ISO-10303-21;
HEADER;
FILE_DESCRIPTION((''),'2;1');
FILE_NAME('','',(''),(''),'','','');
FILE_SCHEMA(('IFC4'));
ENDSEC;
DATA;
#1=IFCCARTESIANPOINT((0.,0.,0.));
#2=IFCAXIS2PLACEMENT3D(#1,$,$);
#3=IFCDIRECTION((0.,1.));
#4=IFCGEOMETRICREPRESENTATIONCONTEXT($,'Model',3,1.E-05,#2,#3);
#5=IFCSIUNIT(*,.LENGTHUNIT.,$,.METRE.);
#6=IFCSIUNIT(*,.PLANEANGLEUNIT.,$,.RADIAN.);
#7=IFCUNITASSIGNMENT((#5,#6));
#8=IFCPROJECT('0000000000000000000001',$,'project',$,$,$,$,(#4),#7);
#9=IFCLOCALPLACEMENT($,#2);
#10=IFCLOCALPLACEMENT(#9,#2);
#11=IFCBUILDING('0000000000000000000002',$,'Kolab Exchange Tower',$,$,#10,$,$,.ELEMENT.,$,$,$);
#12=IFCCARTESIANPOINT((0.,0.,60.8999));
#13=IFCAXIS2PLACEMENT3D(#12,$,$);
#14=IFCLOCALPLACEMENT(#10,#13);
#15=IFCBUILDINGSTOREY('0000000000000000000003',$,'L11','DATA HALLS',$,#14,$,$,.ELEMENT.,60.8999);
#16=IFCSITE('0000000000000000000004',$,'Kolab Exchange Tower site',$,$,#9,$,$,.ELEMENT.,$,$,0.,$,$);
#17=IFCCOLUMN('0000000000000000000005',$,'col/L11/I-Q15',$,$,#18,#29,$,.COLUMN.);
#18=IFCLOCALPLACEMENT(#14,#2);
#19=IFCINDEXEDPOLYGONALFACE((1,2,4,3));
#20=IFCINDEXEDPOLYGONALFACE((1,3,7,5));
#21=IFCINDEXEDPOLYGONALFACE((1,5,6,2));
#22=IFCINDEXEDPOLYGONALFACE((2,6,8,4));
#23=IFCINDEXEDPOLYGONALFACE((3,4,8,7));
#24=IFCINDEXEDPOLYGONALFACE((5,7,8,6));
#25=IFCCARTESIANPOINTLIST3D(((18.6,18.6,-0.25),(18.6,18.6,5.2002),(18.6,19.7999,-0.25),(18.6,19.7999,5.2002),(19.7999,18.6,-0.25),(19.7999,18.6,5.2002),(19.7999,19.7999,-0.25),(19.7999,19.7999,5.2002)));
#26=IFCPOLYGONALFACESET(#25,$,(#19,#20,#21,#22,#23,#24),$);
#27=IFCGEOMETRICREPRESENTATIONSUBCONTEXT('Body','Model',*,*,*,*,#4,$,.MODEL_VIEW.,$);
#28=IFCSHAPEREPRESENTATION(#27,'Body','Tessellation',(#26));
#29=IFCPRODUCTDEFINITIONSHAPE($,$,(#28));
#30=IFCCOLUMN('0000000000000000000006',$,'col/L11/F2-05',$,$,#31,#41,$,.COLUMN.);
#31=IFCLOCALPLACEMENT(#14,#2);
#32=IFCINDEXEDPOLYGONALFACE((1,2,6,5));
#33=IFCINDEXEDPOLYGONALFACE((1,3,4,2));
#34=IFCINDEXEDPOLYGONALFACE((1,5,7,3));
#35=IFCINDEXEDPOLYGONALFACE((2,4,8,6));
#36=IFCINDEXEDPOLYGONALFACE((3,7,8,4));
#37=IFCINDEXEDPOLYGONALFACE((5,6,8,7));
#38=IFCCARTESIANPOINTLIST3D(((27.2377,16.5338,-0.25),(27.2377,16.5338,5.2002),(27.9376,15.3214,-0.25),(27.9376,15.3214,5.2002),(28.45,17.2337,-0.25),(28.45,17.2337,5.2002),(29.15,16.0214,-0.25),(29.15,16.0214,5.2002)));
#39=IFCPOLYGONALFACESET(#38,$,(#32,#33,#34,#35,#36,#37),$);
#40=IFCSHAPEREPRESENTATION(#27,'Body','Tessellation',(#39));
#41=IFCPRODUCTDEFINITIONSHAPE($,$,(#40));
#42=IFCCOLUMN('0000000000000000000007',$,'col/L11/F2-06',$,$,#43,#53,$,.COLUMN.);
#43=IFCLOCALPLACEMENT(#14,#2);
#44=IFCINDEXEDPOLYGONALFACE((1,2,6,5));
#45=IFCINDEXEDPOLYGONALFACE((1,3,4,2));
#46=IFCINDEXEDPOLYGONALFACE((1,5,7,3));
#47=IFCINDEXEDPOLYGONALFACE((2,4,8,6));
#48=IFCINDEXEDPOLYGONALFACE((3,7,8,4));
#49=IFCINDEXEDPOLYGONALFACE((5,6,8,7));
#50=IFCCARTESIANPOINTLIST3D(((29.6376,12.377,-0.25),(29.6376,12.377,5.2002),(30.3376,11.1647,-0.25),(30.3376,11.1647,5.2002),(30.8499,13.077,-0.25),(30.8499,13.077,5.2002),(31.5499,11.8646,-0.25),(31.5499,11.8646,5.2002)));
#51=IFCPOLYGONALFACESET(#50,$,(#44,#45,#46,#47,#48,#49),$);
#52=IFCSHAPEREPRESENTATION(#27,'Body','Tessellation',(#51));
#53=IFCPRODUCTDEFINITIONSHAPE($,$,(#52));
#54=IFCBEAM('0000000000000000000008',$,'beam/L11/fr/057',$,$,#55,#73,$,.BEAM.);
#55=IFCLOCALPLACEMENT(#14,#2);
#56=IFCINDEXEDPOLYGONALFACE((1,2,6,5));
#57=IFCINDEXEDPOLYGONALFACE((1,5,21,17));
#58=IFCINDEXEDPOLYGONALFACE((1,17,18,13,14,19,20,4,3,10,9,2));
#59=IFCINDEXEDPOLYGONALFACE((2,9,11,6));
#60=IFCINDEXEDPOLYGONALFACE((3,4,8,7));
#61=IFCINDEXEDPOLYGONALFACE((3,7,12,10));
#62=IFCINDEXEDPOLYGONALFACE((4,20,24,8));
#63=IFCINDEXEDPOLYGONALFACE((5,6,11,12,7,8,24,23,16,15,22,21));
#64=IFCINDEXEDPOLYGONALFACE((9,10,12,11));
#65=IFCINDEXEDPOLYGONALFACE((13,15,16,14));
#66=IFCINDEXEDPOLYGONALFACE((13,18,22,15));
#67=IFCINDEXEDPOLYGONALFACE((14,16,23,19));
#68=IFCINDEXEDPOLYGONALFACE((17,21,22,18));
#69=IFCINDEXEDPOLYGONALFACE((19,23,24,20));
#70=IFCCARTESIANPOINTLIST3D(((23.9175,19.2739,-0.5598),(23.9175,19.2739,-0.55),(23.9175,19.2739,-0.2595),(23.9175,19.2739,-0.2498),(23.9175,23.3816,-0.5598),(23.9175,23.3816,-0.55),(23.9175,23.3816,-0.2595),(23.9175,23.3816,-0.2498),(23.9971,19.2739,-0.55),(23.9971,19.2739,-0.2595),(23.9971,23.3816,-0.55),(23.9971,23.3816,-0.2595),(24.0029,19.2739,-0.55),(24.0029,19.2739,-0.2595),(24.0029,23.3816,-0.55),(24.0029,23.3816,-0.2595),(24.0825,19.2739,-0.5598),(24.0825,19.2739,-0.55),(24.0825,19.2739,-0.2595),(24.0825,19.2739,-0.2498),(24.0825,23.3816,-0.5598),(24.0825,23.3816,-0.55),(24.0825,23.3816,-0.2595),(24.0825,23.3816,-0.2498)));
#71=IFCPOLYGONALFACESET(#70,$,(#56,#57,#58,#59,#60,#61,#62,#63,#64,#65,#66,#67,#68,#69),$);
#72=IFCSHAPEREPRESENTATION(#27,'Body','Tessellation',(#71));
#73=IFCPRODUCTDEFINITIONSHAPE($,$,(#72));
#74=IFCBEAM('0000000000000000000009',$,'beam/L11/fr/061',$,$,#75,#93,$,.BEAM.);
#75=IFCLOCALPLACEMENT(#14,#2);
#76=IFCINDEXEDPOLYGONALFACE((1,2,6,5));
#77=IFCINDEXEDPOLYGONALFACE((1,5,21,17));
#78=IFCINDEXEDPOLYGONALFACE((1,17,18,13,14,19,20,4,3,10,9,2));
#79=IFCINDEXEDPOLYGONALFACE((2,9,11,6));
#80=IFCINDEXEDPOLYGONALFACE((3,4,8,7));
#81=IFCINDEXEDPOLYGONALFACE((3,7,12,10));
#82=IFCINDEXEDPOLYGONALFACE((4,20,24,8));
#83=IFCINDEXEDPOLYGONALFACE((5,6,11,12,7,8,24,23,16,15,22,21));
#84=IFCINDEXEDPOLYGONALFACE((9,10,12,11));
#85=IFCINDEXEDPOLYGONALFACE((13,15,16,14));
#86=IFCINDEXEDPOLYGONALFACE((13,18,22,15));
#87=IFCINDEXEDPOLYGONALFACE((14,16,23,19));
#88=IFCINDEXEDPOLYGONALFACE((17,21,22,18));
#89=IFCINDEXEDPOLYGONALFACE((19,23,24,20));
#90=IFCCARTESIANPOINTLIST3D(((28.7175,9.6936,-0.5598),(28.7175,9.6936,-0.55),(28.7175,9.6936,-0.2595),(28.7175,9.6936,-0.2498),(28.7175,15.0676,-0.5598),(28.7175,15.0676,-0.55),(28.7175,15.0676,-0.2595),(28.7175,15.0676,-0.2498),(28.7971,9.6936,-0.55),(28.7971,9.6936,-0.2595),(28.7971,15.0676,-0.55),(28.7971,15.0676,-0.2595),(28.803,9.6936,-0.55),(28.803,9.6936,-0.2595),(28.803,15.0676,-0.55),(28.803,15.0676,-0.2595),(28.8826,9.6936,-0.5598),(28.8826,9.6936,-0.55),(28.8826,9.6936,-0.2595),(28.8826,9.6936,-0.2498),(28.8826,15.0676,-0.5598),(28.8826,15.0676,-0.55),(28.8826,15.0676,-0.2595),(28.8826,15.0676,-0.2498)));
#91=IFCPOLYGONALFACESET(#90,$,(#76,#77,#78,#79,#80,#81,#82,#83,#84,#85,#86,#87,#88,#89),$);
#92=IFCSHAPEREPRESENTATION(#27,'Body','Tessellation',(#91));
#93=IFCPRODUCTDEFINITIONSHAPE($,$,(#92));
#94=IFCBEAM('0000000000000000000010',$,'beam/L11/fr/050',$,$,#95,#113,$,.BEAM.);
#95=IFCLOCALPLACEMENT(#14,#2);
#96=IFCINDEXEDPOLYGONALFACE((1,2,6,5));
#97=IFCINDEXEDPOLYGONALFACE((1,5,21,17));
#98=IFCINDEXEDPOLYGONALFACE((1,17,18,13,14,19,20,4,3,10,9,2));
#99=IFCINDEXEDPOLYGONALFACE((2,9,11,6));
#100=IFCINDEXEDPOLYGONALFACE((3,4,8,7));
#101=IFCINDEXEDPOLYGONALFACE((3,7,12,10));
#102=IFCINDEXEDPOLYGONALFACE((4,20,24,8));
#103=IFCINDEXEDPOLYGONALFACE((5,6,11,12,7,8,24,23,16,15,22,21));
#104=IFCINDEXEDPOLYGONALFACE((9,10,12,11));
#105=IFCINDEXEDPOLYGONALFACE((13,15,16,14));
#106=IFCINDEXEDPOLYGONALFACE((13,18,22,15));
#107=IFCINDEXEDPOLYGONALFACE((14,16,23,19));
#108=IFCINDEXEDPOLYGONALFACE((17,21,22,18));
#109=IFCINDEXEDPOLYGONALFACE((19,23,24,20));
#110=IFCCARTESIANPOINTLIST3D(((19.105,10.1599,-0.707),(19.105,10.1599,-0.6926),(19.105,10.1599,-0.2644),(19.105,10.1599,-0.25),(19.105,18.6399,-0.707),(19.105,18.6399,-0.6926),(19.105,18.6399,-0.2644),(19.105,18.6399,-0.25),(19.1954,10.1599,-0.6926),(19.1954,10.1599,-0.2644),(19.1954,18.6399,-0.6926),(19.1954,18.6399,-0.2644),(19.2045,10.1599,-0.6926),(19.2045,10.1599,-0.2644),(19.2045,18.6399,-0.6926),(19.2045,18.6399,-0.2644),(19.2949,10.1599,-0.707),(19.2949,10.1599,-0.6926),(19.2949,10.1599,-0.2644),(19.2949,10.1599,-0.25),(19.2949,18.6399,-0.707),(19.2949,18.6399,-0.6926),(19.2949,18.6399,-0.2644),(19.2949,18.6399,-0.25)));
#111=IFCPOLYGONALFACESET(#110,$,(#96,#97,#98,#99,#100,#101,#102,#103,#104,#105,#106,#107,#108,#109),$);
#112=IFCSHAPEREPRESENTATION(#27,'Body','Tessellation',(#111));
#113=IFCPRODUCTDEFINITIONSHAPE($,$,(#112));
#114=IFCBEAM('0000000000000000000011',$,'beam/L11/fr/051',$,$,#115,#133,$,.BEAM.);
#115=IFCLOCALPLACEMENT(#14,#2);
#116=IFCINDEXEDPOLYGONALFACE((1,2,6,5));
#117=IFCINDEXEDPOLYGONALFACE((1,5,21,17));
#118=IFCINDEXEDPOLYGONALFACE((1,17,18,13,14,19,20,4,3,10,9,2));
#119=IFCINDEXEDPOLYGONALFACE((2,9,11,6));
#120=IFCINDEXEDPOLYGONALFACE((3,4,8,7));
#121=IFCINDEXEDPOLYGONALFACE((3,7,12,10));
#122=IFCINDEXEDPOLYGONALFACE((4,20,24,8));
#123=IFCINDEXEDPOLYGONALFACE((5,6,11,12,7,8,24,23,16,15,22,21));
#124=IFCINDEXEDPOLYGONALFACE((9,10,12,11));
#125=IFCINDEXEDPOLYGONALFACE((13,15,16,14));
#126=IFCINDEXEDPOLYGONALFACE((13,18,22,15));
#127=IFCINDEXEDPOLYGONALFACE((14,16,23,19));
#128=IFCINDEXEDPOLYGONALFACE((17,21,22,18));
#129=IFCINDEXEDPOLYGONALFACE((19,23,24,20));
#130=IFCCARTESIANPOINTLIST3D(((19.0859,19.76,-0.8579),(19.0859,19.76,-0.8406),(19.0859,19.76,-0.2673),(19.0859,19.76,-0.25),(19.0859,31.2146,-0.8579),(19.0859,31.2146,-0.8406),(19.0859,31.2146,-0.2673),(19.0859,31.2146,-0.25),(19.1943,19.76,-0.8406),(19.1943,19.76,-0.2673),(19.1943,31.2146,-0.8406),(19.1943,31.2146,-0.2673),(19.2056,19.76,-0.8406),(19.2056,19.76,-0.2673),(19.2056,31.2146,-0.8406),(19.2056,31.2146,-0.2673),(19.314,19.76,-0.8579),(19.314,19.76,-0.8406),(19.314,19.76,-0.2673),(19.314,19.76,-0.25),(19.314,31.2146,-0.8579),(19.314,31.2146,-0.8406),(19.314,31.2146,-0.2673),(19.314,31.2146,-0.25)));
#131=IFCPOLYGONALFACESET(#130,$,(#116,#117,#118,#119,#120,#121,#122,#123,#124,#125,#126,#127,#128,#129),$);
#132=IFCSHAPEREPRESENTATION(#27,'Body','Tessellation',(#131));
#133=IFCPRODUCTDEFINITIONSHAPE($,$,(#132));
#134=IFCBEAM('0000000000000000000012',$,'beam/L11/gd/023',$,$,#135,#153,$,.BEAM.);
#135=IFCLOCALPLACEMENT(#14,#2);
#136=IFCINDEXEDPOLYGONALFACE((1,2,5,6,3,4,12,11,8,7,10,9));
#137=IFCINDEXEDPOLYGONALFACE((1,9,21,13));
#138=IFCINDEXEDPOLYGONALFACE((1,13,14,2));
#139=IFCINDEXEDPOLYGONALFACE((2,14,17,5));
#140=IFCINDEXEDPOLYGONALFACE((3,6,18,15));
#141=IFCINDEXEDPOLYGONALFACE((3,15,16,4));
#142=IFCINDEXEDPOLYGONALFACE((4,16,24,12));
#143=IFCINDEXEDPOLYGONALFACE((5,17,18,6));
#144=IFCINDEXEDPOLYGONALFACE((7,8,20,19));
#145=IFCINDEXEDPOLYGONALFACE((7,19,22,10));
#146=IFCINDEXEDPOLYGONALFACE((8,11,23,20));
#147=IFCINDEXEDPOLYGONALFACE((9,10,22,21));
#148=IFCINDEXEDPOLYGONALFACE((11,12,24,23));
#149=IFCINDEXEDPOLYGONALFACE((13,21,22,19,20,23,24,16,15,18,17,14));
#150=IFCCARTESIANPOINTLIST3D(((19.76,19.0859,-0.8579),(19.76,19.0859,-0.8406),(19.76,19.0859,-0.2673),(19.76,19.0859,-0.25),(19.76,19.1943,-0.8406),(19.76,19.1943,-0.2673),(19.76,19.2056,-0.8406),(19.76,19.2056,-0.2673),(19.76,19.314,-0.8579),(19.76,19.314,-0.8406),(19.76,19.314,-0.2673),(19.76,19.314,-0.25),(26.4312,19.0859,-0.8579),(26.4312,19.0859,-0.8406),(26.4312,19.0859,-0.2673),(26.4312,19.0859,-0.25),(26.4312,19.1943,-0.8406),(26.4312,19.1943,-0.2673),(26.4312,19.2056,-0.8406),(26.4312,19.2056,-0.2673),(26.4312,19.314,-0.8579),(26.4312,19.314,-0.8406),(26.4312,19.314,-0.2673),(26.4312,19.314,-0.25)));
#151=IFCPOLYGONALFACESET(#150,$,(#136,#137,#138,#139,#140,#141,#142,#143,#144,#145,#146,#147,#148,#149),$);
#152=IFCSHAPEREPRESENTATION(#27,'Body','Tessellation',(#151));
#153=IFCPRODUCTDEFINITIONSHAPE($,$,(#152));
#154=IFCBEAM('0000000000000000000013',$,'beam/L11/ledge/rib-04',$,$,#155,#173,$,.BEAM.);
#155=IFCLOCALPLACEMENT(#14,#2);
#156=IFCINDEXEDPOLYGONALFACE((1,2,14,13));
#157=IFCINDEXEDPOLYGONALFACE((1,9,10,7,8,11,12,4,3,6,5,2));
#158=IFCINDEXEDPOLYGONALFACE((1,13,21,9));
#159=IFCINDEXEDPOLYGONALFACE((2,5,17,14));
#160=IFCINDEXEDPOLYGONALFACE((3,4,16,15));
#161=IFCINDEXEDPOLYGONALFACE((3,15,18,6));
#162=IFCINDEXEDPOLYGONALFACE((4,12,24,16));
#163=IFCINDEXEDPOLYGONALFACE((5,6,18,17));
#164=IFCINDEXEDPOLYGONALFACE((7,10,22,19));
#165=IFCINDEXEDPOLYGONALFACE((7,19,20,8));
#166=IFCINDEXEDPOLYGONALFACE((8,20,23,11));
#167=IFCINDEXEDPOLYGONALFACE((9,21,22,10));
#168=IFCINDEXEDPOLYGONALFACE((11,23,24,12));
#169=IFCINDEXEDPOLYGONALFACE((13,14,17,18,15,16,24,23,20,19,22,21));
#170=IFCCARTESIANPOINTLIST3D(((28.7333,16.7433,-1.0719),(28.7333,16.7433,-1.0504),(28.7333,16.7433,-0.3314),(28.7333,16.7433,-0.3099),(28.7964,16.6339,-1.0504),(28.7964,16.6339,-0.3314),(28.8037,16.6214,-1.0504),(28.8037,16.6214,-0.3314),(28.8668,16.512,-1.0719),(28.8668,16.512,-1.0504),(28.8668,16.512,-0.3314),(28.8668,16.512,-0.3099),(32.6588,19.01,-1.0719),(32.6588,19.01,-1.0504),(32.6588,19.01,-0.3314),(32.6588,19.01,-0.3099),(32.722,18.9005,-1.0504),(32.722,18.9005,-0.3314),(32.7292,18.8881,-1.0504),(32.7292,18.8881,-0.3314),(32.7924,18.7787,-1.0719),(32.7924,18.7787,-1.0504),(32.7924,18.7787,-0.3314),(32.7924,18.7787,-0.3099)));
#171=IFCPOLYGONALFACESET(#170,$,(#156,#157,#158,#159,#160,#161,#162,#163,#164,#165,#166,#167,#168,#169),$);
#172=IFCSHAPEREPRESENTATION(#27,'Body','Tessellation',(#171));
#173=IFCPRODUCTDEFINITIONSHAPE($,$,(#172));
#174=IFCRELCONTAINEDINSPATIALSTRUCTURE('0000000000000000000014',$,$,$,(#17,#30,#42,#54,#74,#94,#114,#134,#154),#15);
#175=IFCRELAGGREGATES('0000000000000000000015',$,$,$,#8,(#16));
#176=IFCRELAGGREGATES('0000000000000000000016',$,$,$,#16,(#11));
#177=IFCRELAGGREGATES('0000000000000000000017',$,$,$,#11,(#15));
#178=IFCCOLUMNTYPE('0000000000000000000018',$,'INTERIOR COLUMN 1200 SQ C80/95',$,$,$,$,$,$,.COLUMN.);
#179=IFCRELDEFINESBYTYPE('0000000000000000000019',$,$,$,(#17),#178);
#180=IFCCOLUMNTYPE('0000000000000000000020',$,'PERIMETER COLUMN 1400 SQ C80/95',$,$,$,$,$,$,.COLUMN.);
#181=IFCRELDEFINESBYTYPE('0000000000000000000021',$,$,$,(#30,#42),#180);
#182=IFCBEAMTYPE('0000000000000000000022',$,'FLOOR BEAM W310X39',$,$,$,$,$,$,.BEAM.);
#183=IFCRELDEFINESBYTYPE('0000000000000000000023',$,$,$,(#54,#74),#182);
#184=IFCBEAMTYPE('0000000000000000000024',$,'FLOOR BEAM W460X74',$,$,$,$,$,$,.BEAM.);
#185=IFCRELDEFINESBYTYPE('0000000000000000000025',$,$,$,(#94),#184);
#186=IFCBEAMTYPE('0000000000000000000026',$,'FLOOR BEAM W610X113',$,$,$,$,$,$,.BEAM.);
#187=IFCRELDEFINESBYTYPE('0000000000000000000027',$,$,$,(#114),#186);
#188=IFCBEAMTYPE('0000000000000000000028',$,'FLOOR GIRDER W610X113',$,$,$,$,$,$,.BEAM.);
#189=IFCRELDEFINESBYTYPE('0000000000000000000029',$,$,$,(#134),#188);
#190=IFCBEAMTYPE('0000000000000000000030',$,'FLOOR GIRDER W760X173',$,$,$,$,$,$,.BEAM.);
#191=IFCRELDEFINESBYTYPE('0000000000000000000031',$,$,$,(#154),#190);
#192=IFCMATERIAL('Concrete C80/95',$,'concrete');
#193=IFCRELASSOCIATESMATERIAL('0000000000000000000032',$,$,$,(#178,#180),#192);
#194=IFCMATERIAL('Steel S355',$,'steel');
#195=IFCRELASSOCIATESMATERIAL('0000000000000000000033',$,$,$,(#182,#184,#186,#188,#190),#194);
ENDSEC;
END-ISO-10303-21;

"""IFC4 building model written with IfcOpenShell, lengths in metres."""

from ifc_helpers import new_model, si_unit, direction, frame, origin, origin_2d, place, context, subcontext, project, spatial, rectangle, i_section, extrude, material, material_profile, profile_set, type_object, element, save


model = new_model("IFC4")

# Units and contexts
model_context = context("Model", 3, precision=1e-05, world=origin(), true_north=direction((0.0, 1.0)))
body_context = subcontext(model_context, "Body", "Model", "MODEL_VIEW")
ifc_project = project(units=[si_unit("LENGTHUNIT", "METRE"), si_unit("PLANEANGLEUNIT", "RADIAN")], contexts=[model_context])

# Site, building, storey
site_placement = place(None, origin())
site = spatial("IfcSite", under=ifc_project, at=site_placement, Name="Kolab Exchange Tower site", CompositionType="ELEMENT", RefElevation=0.0)
building_placement = place(site_placement, origin())
building = spatial("IfcBuilding", under=site, at=building_placement, Name="Kolab Exchange Tower", CompositionType="ELEMENT")
storey_placement = place(building_placement, frame((0.0, 0.0, 60.8999)))
storey = spatial("IfcBuildingStorey", under=building, at=storey_placement, Name="L11", Description="DATA HALLS", CompositionType="ELEMENT", Elevation=60.8999)

# Columns
ifc_material_1 = material(Name="Concrete C80/95", Category="concrete")
ifc_material_profile_1 = material_profile(ifc_material_1, rectangle(XDim=1.2, YDim=1.2, at=origin_2d()), Name="RC1200")
ifc_profile_set_1 = profile_set([ifc_material_profile_1], Name="Concrete C80/95")
column_type_1 = type_object("IfcColumnType", Name="INTERIOR COLUMN 1200 SQ C80/95", PredefinedType="COLUMN", material=ifc_profile_set_1)
column_placement = place(storey_placement, frame((19.2, 19.2, -0.25), z_axis=(0.0, 0.0, 1.0), x_axis=(1.0, 0.0, 0.0)))
element("IfcColumn", 1, at=column_placement, inside=storey, type_object=column_type_1, Name="col/L11/I-Q15", PredefinedType="COLUMN", context=body_context, shape_type="SweptSolid", body=[
    extrude(rectangle(XDim=1.2, YDim=1.2, at=origin_2d()), origin(), (0.0, 0.0, 1.0), 5.4502),
])
ifc_material_profile_2 = material_profile(ifc_material_1, rectangle(XDim=1.3999, YDim=1.3999, at=origin_2d()), Name="RC1400")
ifc_profile_set_2 = profile_set([ifc_material_profile_2], Name="Concrete C80/95")
column_type_2 = type_object("IfcColumnType", Name="PERIMETER COLUMN 1400 SQ C80/95", PredefinedType="COLUMN", material=ifc_profile_set_2)
for number, where, z_axis, x_axis, name in (
    (2, (28.1938, 16.2776, -0.25), (0.0, 0.0, 1.0), (0.866025, 0.5, 0.0), "col/L11/F2-05"),
    (3, (30.5938, 12.1208, -0.25), (0.0, 0.0, 1.0), (0.866025, 0.5, 0.0), "col/L11/F2-06"),
):
    element("IfcColumn", number, at=place(storey_placement, frame(where, z_axis=z_axis, x_axis=x_axis)), inside=storey, type_object=column_type_2, Name=name, PredefinedType="COLUMN", context=body_context, shape_type="SweptSolid", body=[
        extrude(rectangle(XDim=1.3999, YDim=1.3999, at=origin_2d()), origin(), (0.0, 0.0, 1.0), 5.4502),
    ])

# Beams
ifc_material_2 = material(Name="Steel S355", Category="steel")
ifc_material_profile_3 = material_profile(ifc_material_2, i_section(OverallWidth=0.165, OverallDepth=0.3101, WebThickness=0.0059, FlangeThickness=0.0098, at=origin_2d()), Name="W310X39")
ifc_profile_set_3 = profile_set([ifc_material_profile_3], Name="Steel S355")
beam_type_1 = type_object("IfcBeamType", Name="FLOOR BEAM W310X39", PredefinedType="BEAM", material=ifc_profile_set_3)
beam_1_placement = place(storey_placement, frame((24.0, 19.2739, -0.4048), z_axis=(0.0, 1.0, 0.0), x_axis=(-1.0, 0.0, 0.0)))
element("IfcBeam", 4, at=beam_1_placement, inside=storey, type_object=beam_type_1, Name="beam/L11/fr/057", PredefinedType="BEAM", context=body_context, shape_type="SweptSolid", body=[
    extrude(i_section(OverallWidth=0.165, OverallDepth=0.3101, WebThickness=0.0059, FlangeThickness=0.0098, at=origin_2d()), origin(), (0.0, 0.0, 1.0), 4.1077),
])
beam_2_placement = place(storey_placement, frame((28.8, 9.6936, -0.4048), z_axis=(0.0, 1.0, 0.0), x_axis=(-1.0, 0.0, 0.0)))
element("IfcBeam", 5, at=beam_2_placement, inside=storey, type_object=beam_type_1, Name="beam/L11/fr/061", PredefinedType="BEAM", context=body_context, shape_type="SweptSolid", body=[
    extrude(i_section(OverallWidth=0.165, OverallDepth=0.3101, WebThickness=0.0059, FlangeThickness=0.0098, at=origin_2d()), origin(), (0.0, 0.0, 1.0), 5.374),
])
ifc_material_profile_4 = material_profile(ifc_material_2, i_section(OverallWidth=0.1899, OverallDepth=0.457, WebThickness=0.009, FlangeThickness=0.0144, at=origin_2d()), Name="W460X74")
ifc_profile_set_4 = profile_set([ifc_material_profile_4], Name="Steel S355")
beam_type_2 = type_object("IfcBeamType", Name="FLOOR BEAM W460X74", PredefinedType="BEAM", material=ifc_profile_set_4)
beam_3_placement = place(storey_placement, frame((19.2, 10.1599, -0.4785), z_axis=(0.0, 1.0, 0.0), x_axis=(-1.0, 0.0, 0.0)))
element("IfcBeam", 6, at=beam_3_placement, inside=storey, type_object=beam_type_2, Name="beam/L11/fr/050", PredefinedType="BEAM", context=body_context, shape_type="SweptSolid", body=[
    extrude(i_section(OverallWidth=0.1899, OverallDepth=0.457, WebThickness=0.009, FlangeThickness=0.0144, at=origin_2d()), origin(), (0.0, 0.0, 1.0), 8.48),
])
ifc_material_profile_5 = material_profile(ifc_material_2, i_section(OverallWidth=0.228, OverallDepth=0.6079, WebThickness=0.0112, FlangeThickness=0.0173, at=origin_2d()), Name="W610X113")
ifc_profile_set_5 = profile_set([ifc_material_profile_5], Name="Steel S355")
beam_type_3 = type_object("IfcBeamType", Name="FLOOR BEAM W610X113", PredefinedType="BEAM", material=ifc_profile_set_5)
beam_4_placement = place(storey_placement, frame((19.2, 19.76, -0.554), z_axis=(0.0, 1.0, 0.0), x_axis=(-1.0, 0.0, 0.0)))
element("IfcBeam", 7, at=beam_4_placement, inside=storey, type_object=beam_type_3, Name="beam/L11/fr/051", PredefinedType="BEAM", context=body_context, shape_type="SweptSolid", body=[
    extrude(i_section(OverallWidth=0.228, OverallDepth=0.6079, WebThickness=0.0112, FlangeThickness=0.0173, at=origin_2d()), origin(), (0.0, 0.0, 1.0), 11.4546),
])
ifc_material_profile_6 = material_profile(ifc_material_2, i_section(OverallWidth=0.228, OverallDepth=0.6079, WebThickness=0.0112, FlangeThickness=0.0173, at=origin_2d()), Name="W610X113")
ifc_profile_set_6 = profile_set([ifc_material_profile_6], Name="Steel S355")
beam_type_4 = type_object("IfcBeamType", Name="FLOOR GIRDER W610X113", PredefinedType="BEAM", material=ifc_profile_set_6)
beam_5_placement = place(storey_placement, frame((19.76, 19.2, -0.554), z_axis=(1.0, 0.0, 0.0), x_axis=(0.0, 1.0, 0.0)))
element("IfcBeam", 8, at=beam_5_placement, inside=storey, type_object=beam_type_4, Name="beam/L11/gd/023", PredefinedType="BEAM", context=body_context, shape_type="SweptSolid", body=[
    extrude(i_section(OverallWidth=0.228, OverallDepth=0.6079, WebThickness=0.0112, FlangeThickness=0.0173, at=origin_2d()), origin(), (0.0, 0.0, 1.0), 6.6711),
])
ifc_material_profile_7 = material_profile(ifc_material_2, i_section(OverallWidth=0.2671, OverallDepth=0.762, WebThickness=0.0144, FlangeThickness=0.0215, at=origin_2d()), Name="W760X173")
ifc_profile_set_7 = profile_set([ifc_material_profile_7], Name="Steel S355")
beam_type_5 = type_object("IfcBeamType", Name="FLOOR GIRDER W760X173", PredefinedType="BEAM", material=ifc_profile_set_7)
beam_6_placement = place(storey_placement, frame((28.8, 16.6277, -0.6909), z_axis=(0.866007, 0.500032, 0.0), x_axis=(-0.500032, 0.866007, 0.0)))
element("IfcBeam", 9, at=beam_6_placement, inside=storey, type_object=beam_type_5, Name="beam/L11/ledge/rib-04", PredefinedType="BEAM", context=body_context, shape_type="SweptSolid", body=[
    extrude(i_section(OverallWidth=0.2671, OverallDepth=0.762, WebThickness=0.0144, FlangeThickness=0.0215, at=origin_2d()), origin(), (0.0, 0.0, 1.0), 4.533),
])

save(model, "model.ifc")
